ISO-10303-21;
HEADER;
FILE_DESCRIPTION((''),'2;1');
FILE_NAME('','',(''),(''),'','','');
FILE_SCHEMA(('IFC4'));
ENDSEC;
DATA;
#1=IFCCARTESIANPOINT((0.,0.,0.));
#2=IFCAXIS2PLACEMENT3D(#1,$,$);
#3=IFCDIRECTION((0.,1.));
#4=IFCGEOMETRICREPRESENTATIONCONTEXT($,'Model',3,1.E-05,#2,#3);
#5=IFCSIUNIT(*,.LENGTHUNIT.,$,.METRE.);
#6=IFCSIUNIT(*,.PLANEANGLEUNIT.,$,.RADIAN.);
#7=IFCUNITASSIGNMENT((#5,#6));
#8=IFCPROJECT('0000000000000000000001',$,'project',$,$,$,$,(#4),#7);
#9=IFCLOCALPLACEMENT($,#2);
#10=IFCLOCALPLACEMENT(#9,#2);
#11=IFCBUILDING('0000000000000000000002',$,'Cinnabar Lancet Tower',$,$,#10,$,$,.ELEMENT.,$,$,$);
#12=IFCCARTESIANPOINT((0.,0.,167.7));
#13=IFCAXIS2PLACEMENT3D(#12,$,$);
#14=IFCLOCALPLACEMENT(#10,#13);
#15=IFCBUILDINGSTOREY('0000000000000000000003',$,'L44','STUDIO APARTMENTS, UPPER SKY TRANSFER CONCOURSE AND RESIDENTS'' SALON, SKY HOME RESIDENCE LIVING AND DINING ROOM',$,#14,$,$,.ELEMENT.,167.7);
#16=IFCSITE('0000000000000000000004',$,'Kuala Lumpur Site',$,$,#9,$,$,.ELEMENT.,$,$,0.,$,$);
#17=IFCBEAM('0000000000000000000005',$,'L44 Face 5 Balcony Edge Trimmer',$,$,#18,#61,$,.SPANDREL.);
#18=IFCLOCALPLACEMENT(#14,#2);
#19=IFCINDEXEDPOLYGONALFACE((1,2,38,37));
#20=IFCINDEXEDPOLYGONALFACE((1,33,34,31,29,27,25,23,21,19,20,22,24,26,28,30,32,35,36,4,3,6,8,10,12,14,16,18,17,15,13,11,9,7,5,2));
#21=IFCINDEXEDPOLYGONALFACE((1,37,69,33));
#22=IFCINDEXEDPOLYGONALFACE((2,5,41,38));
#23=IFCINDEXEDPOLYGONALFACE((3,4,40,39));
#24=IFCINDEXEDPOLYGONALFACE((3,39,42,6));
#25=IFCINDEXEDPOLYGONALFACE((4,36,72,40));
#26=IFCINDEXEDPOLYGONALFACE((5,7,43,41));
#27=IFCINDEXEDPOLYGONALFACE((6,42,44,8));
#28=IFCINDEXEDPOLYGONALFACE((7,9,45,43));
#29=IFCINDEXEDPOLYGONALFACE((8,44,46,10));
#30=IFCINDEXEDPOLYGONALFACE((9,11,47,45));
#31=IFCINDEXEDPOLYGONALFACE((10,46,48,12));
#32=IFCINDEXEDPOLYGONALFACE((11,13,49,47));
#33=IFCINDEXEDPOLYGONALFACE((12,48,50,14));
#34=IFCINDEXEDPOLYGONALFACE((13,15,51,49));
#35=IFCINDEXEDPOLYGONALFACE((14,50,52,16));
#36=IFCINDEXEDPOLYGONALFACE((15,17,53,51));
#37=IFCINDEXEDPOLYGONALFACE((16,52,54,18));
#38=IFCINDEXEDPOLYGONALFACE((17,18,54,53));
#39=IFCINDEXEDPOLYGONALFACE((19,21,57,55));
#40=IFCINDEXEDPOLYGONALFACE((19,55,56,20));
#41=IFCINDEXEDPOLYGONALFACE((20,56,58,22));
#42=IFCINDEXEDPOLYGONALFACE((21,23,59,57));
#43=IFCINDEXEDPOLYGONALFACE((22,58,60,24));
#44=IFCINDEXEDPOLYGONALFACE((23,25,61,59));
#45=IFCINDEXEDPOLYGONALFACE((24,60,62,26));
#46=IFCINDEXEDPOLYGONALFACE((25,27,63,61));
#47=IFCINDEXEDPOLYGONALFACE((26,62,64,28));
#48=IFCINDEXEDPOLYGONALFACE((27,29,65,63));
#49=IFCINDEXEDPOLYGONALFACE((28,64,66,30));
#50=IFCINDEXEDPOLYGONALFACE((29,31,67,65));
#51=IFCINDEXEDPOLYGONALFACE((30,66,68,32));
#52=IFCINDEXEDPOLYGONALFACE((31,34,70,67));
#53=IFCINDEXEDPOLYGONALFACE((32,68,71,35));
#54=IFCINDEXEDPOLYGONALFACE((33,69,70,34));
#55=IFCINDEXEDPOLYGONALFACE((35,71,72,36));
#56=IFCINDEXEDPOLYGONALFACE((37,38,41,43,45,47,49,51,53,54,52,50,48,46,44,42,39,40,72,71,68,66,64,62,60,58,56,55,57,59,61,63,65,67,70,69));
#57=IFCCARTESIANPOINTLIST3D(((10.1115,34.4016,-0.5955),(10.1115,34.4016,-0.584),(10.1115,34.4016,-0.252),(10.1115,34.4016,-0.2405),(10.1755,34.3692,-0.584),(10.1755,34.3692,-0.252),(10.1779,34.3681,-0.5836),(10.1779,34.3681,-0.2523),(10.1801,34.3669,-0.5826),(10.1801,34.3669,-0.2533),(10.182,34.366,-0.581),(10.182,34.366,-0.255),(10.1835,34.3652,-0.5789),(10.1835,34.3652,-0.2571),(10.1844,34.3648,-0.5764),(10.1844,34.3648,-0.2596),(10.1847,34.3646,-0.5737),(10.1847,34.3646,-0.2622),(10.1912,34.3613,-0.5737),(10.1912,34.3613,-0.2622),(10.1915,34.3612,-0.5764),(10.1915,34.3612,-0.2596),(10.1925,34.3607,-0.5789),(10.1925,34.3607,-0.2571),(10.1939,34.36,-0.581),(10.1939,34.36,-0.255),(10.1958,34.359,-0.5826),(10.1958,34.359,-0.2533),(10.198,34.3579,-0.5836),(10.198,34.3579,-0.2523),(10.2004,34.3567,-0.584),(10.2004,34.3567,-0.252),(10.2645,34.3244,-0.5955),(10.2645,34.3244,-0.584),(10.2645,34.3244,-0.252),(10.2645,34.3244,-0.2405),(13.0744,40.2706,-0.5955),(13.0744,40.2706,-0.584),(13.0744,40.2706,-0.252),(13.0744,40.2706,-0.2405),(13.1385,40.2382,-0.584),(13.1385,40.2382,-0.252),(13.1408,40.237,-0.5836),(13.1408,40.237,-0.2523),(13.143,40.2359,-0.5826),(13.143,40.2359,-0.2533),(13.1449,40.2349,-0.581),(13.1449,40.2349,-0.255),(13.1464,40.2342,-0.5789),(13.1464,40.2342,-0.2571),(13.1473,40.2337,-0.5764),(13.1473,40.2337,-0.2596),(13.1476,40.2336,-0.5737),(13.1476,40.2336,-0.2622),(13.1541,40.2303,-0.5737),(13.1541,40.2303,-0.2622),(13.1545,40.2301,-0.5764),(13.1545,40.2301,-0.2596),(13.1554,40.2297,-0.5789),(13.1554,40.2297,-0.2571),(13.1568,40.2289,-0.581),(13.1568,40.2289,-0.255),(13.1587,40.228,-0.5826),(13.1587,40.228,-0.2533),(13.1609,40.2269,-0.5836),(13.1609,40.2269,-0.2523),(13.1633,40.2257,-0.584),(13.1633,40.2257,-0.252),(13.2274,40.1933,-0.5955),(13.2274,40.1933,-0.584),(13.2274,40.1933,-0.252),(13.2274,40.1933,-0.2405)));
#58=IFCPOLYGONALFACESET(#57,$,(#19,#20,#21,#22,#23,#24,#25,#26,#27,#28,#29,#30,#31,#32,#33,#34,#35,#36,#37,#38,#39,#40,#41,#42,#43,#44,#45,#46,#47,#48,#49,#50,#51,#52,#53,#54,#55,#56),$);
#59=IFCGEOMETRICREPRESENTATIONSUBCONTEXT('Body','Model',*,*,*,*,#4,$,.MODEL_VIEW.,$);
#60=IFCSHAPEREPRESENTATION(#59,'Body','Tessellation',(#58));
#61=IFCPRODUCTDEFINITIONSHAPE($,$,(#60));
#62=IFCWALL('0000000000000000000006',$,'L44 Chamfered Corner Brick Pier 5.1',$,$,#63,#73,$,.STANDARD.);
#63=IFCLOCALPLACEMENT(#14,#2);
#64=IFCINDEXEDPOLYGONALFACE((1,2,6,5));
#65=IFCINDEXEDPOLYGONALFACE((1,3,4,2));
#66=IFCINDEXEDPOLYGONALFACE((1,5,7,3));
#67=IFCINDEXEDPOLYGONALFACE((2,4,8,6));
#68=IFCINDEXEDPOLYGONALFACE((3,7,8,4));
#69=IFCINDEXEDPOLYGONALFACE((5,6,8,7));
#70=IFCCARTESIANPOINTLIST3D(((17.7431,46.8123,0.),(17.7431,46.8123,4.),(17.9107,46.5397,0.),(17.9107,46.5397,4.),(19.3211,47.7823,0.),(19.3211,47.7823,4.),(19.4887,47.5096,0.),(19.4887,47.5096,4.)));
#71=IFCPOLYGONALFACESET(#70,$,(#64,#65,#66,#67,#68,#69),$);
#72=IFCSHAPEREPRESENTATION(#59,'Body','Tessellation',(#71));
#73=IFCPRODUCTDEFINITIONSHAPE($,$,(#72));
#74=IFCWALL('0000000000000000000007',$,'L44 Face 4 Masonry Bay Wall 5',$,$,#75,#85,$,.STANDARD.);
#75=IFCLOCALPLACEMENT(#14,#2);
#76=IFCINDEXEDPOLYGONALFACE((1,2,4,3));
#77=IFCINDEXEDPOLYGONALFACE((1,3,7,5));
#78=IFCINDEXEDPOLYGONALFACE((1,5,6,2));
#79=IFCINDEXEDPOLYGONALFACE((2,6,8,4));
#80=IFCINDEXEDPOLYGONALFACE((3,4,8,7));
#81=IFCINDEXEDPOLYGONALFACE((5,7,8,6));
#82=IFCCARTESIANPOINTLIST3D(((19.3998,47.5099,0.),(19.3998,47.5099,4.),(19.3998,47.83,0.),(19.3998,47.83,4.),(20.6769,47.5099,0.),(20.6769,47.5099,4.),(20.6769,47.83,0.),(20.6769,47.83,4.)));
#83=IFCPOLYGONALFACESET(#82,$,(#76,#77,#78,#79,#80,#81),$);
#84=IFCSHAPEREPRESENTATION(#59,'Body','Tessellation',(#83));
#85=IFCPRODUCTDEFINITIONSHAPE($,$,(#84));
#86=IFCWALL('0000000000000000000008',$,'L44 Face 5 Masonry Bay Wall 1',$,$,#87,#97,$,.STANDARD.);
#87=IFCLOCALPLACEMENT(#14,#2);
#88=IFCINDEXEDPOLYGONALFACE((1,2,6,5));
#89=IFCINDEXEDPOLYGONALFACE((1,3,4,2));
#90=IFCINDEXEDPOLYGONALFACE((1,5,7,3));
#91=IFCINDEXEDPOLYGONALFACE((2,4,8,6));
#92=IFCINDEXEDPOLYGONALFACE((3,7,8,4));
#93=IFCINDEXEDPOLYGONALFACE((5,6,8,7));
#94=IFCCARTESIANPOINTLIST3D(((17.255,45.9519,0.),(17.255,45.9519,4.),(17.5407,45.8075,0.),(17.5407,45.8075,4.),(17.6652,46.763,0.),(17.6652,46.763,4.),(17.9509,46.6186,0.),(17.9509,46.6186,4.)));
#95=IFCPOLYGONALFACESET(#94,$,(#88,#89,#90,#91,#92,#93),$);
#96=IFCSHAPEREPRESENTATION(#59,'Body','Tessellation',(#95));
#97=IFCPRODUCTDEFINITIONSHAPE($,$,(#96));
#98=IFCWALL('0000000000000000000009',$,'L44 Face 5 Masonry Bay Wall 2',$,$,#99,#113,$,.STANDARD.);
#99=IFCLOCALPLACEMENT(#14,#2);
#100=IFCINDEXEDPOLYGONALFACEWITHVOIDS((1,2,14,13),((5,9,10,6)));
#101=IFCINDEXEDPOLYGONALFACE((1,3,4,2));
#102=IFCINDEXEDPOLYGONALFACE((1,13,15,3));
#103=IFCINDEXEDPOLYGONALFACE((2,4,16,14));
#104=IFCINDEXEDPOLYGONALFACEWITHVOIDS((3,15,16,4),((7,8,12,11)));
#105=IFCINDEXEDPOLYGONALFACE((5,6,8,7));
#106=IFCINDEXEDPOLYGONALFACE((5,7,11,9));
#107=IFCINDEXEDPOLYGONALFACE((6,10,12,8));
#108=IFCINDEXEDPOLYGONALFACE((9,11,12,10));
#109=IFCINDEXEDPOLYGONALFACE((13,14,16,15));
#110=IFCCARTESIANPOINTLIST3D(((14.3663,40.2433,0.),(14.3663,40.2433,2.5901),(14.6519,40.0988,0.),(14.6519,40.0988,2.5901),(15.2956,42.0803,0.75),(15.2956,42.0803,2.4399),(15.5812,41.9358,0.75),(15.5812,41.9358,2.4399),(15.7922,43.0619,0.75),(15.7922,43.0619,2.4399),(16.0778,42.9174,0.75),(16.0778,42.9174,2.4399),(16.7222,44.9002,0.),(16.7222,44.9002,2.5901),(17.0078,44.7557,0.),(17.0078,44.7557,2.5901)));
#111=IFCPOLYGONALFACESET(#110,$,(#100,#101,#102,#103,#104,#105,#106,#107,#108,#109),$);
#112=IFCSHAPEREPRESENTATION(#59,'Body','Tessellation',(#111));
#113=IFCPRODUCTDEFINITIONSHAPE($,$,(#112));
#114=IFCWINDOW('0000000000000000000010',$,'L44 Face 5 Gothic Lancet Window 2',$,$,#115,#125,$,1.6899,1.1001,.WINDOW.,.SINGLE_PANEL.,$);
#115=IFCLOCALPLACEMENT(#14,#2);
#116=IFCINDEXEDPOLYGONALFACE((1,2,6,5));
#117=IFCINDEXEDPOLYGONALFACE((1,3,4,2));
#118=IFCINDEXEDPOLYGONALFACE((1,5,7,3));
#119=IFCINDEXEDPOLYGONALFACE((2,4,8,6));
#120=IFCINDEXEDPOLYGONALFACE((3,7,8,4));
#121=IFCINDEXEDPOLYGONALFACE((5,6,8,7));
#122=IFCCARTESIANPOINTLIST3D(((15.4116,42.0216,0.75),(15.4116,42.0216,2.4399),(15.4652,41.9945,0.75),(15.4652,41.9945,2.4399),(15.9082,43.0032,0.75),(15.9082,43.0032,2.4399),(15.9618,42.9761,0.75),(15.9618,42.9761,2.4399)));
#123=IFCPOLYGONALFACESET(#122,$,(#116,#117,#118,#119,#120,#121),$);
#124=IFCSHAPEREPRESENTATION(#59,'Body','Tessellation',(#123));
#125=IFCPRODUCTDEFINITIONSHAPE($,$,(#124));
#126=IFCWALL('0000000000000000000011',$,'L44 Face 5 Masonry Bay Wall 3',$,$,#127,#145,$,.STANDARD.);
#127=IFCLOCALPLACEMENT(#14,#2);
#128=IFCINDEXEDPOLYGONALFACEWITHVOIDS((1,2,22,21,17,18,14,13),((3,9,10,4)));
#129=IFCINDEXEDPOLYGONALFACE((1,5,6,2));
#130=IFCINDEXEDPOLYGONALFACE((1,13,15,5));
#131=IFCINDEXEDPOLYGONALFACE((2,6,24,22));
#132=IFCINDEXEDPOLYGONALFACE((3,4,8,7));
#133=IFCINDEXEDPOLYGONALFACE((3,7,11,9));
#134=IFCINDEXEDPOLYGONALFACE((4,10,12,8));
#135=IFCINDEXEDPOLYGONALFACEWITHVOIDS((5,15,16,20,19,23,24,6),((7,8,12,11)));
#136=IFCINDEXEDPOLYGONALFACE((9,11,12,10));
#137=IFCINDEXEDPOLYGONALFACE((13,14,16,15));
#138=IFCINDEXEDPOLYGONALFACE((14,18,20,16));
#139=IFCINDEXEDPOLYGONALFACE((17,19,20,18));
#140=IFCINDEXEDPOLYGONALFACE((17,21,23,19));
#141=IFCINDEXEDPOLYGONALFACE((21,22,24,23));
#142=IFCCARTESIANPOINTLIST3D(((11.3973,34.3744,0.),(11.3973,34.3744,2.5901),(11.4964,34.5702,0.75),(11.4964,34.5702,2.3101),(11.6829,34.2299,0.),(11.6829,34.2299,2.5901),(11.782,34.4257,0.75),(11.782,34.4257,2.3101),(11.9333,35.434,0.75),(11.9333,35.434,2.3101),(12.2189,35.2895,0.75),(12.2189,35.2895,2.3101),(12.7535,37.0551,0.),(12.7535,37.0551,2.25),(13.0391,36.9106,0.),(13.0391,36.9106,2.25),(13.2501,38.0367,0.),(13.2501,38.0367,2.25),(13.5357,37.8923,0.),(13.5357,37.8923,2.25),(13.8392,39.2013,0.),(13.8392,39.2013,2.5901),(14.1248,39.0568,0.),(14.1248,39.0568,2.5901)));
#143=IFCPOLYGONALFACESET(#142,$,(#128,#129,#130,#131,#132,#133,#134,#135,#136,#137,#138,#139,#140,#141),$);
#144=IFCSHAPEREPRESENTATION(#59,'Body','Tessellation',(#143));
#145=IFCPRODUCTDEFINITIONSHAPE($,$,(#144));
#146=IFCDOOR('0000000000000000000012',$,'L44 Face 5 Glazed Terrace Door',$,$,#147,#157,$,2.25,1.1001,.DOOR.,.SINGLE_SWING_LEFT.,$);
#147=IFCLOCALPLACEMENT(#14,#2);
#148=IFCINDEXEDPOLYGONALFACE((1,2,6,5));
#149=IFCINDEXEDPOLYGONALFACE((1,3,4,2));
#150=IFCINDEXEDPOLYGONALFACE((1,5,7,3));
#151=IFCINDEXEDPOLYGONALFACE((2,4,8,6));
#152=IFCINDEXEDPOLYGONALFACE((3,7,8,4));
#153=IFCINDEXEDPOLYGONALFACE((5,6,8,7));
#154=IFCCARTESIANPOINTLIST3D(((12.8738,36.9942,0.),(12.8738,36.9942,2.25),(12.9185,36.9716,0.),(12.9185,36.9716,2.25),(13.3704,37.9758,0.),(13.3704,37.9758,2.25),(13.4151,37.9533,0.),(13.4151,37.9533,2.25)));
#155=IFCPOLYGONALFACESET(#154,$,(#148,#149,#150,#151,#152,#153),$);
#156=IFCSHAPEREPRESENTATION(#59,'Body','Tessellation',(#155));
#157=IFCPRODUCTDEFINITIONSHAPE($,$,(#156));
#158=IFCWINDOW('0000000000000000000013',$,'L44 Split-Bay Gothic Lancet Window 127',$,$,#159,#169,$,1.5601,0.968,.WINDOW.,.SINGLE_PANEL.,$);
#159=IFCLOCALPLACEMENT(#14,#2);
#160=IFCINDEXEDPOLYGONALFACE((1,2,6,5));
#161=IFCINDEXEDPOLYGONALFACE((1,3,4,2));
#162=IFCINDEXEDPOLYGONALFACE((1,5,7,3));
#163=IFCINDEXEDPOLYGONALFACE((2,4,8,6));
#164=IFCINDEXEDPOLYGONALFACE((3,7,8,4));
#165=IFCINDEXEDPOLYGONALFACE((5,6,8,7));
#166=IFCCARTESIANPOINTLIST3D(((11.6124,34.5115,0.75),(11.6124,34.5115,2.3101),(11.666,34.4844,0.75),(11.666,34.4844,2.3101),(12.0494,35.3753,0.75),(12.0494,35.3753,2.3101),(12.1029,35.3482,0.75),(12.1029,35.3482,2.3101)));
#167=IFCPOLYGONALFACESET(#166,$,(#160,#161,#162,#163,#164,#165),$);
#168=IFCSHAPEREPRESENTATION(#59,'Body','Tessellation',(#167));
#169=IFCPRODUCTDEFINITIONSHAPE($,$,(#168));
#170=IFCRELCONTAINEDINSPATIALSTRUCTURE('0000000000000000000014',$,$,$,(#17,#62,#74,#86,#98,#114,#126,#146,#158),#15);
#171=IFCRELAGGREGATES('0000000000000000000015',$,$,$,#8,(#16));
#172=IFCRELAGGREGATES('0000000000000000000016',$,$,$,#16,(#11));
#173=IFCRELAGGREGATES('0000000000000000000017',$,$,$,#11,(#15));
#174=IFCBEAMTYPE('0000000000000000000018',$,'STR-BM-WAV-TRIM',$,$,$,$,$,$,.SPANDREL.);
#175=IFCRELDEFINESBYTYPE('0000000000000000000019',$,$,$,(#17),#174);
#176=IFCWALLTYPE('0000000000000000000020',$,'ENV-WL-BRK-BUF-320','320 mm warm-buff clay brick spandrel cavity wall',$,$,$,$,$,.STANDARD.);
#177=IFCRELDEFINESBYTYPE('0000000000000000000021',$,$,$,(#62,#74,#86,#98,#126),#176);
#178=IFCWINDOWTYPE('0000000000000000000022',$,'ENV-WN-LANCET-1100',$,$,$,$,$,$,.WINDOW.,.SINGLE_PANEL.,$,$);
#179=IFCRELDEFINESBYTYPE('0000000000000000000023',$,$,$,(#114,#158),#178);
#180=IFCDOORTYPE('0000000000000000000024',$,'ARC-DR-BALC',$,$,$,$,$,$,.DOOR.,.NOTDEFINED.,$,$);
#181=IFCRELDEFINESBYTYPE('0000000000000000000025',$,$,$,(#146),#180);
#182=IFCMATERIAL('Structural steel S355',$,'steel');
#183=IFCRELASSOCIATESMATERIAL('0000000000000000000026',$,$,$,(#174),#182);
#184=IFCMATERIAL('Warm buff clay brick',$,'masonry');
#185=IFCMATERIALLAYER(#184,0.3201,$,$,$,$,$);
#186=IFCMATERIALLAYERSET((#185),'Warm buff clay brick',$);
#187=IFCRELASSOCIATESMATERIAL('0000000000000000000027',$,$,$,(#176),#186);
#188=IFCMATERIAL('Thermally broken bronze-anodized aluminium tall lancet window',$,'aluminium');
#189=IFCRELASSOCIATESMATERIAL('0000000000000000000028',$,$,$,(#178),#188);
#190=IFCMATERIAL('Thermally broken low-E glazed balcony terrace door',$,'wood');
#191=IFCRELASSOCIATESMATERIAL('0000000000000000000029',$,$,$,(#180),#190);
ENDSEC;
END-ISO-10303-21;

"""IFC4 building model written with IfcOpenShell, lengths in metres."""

from ifc_helpers import new_model, si_unit, direction, frame, frame_2d, origin, origin_2d, place, context, subcontext, project, spatial, rectangle, i_section, extrude, material, layer, layer_set, material_profile, profile_set, type_object, element, fill, save


model = new_model("IFC4")

# Units and contexts
model_context = context("Model", 3, precision=1e-05, world=origin(), true_north=direction((0.0, 1.0)))
body_context = subcontext(model_context, "Body", "Model", "MODEL_VIEW")
ifc_project = project(units=[si_unit("LENGTHUNIT", "METRE"), si_unit("PLANEANGLEUNIT", "RADIAN")], contexts=[model_context])

# Site, building, storey
site_placement = place(None, origin())
site = spatial("IfcSite", under=ifc_project, at=site_placement, Name="Kuala Lumpur Site", CompositionType="ELEMENT", RefElevation=0.0)
building_placement = place(site_placement, origin())
building = spatial("IfcBuilding", under=site, at=building_placement, Name="Cinnabar Lancet Tower", CompositionType="ELEMENT")
storey_placement = place(building_placement, frame((0.0, 0.0, 167.7)))
storey = spatial("IfcBuildingStorey", under=building, at=storey_placement, Name="L44", Description="STUDIO APARTMENTS, UPPER SKY TRANSFER CONCOURSE AND RESIDENTS' SALON, SKY HOME RESIDENCE LIVING AND DINING ROOM", CompositionType="ELEMENT", Elevation=167.7)

# Beam
ifc_material_1 = material(Name="Structural steel S355", Category="steel")
ifc_material_profile_1 = material_profile(ifc_material_1, i_section(OverallWidth=0.1714, OverallDepth=0.355, WebThickness=0.0073, FlangeThickness=0.0115, FilletRadius=0.0103, at=origin_2d()), Name="UKB 356x171x51")
ifc_profile_set_1 = profile_set([ifc_material_profile_1], Name="Structural steel S355")
beam_type_1 = type_object("IfcBeamType", Name="STR-BM-WAV-TRIM", PredefinedType="SPANDREL", material=ifc_profile_set_1)
beam_1_placement = place(storey_placement, frame((13.1509, 40.2319, -0.418), z_axis=(-0.450671, -0.89269, 0.0), x_axis=(0.89269, -0.450671, 0.0)))
element("IfcBeam", 1, at=beam_1_placement, inside=storey, type_object=beam_type_1, Name="L44 Face 5 Balcony Edge Trimmer", PredefinedType="SPANDREL", context=body_context, shape_type="SweptSolid", body=[
    extrude(i_section(OverallWidth=0.1714, OverallDepth=0.355, WebThickness=0.0073, FlangeThickness=0.0115, FilletRadius=0.0103, at=origin_2d()), origin(), (0.0, 0.0, 1.0), 6.5745),
])

# Walls
ifc_material_2 = material(Name="Warm buff clay brick", Category="masonry")
ifc_layer_1 = layer(ifc_material_2, 0.3201)
ifc_layer_set_1 = layer_set([ifc_layer_1], Name="Warm buff clay brick")
wall_type = type_object("IfcWallType", Name="ENV-WL-BRK-BUF-320", Description="320 mm warm-buff clay brick spandrel cavity wall", PredefinedType="STANDARD", material=ifc_layer_set_1)
wall_1_placement = place(storey_placement, frame((19.405, 47.646, 0.0), z_axis=(0.0, 0.0, 1.0), x_axis=(-0.851943, -0.523634, 0.0)))
element("IfcWall", 2, at=wall_1_placement, inside=storey, type_object=wall_type, Name="L44 Chamfered Corner Brick Pier 5.1", PredefinedType="STANDARD", context=body_context, shape_type="SweptSolid", body=[
    extrude(rectangle(XDim=1.8523, YDim=0.3201, at=frame_2d((0.9263, 0.0))), origin(), (0.0, 0.0, 1.0), 4.0),
])
wall_2_placement = place(storey_placement, frame((20.677, 47.6699, 0.0), z_axis=(0.0, 0.0, 1.0), x_axis=(-1.0, 0.0, 0.0)))
element("IfcWall", 3, at=wall_2_placement, inside=storey, type_object=wall_type, Name="L44 Face 4 Masonry Bay Wall 5", PredefinedType="STANDARD", context=body_context, shape_type="SweptSolid", body=[
    extrude(rectangle(XDim=1.2771, YDim=0.3201, at=frame_2d((0.6387, 0.0))), origin(), (0.0, 0.0, 1.0), 4.0),
])
wall_3_placement = place(storey_placement, frame((17.8081, 46.6909, 0.0), z_axis=(0.0, 0.0, 1.0), x_axis=(-0.451292, -0.892376, 0.0)))
element("IfcWall", 4, at=wall_3_placement, inside=storey, type_object=wall_type, Name="L44 Face 5 Masonry Bay Wall 1", PredefinedType="STANDARD", context=body_context, shape_type="SweptSolid", body=[
    extrude(rectangle(XDim=0.9089, YDim=0.3201, at=frame_2d((0.4546, 0.0))), origin(), (0.0, 0.0, 1.0), 4.0),
])

# Wall, opening, window
wall_4_placement = place(storey_placement, frame((16.865, 44.8279, 0.0), z_axis=(0.0, 0.0, 1.0), x_axis=(-0.451419, -0.892312, 0.0)))
wall_4 = element("IfcWall", 5, at=wall_4_placement, inside=storey, type_object=wall_type, Name="L44 Face 5 Masonry Bay Wall 2", PredefinedType="STANDARD", context=body_context, shape_type="SweptSolid", body=[
    extrude(rectangle(XDim=5.219, YDim=0.3201, at=frame_2d((2.6094, 0.0))), origin(), (0.0, 0.0, 1.0), 2.5901),
])
opening_1_placement = place(wall_4_placement, frame((2.0601, 0.0, 0.75)))
opening_1 = element("IfcOpeningElement", 6, at=opening_1_placement, cuts=wall_4, PredefinedType="OPENING", context=body_context, shape_type="SweptSolid", body=[
    extrude(rectangle(XDim=1.1001, YDim=1.6899, at=frame_2d((0.55, 0.845))), frame((0.0, 0.1699, 0.0), z_axis=(0.0, -1.0, 0.0), x_axis=(1.0, 0.0, 0.0)), (0.0, 0.0, 1.0), 0.3401),
])
ifc_material_3 = material(Name="Thermally broken bronze-anodized aluminium tall lancet window", Category="aluminium")
window_type = type_object("IfcWindowType", Name="ENV-WN-LANCET-1100", PartitioningType="SINGLE_PANEL", PredefinedType="WINDOW", material=ifc_material_3)
window_1_placement = place(opening_1_placement, origin())
window_1 = element("IfcWindow", 7, at=window_1_placement, inside=storey, type_object=window_type, Name="L44 Face 5 Gothic Lancet Window 2", OverallHeight=1.6899, OverallWidth=1.1001, PartitioningType="SINGLE_PANEL", PredefinedType="WINDOW", context=body_context, shape_type="SweptSolid", body=[
    extrude(rectangle(XDim=1.1001, YDim=1.6899, at=frame_2d((0.55, 0.845))), frame((0.0, 0.03, 0.0), z_axis=(0.0, -1.0, 0.0), x_axis=(1.0, 0.0, 0.0)), (0.0, 0.0, 1.0), 0.0601),
])
fill(opening_1, window_1)

# Wall, openings, door, window
wall_5_placement = place(storey_placement, frame((13.9819, 39.1289, 0.0), z_axis=(0.0, 0.0, 1.0), x_axis=(-0.451415, -0.892314, 0.0)))
wall_5 = element("IfcWall", 8, at=wall_5_placement, inside=storey, type_object=wall_type, Name="L44 Face 5 Masonry Bay Wall 3", PredefinedType="STANDARD", context=body_context, shape_type="SweptSolid", body=[
    extrude(rectangle(XDim=5.4094, YDim=0.3201, at=frame_2d((2.7046, 0.0))), origin(), (0.0, 0.0, 1.0), 2.5901),
])
opening_2_placement = place(wall_5_placement, frame((1.3049, 0.0, 0.0)))
opening_2 = element("IfcOpeningElement", 9, at=opening_2_placement, cuts=wall_5, PredefinedType="OPENING", context=body_context, shape_type="SweptSolid", body=[
    extrude(rectangle(XDim=1.1001, YDim=2.25, at=frame_2d((0.55, 1.125))), frame((0.0, 0.1699, 0.0), z_axis=(0.0, -1.0, 0.0), x_axis=(1.0, 0.0, 0.0)), (0.0, 0.0, 1.0), 0.3401),
])
opening_3_placement = place(wall_5_placement, frame((4.2219, 0.0, 0.75)))
opening_3 = element("IfcOpeningElement", 10, at=opening_3_placement, cuts=wall_5, PredefinedType="OPENING", context=body_context, shape_type="SweptSolid", body=[
    extrude(rectangle(XDim=0.968, YDim=1.5601, at=frame_2d((0.4839, 0.78))), frame((0.0, 0.1699, 0.0), z_axis=(0.0, -1.0, 0.0), x_axis=(1.0, 0.0, 0.0)), (0.0, 0.0, 1.0), 0.3401),
])
ifc_material_4 = material(Name="Thermally broken low-E glazed balcony terrace door", Category="wood")
door_type = type_object("IfcDoorType", Name="ARC-DR-BALC", OperationType="NOTDEFINED", PredefinedType="DOOR", material=ifc_material_4)
door_placement = place(opening_2_placement, origin())
door = element("IfcDoor", 11, at=door_placement, inside=storey, type_object=door_type, Name="L44 Face 5 Glazed Terrace Door", OperationType="SINGLE_SWING_LEFT", OverallHeight=2.25, OverallWidth=1.1001, PredefinedType="DOOR", context=body_context, shape_type="SweptSolid", body=[
    extrude(rectangle(XDim=1.1001, YDim=2.25, at=frame_2d((0.55, 1.125))), frame((0.0, 0.0249, 0.0), z_axis=(0.0, -1.0, 0.0), x_axis=(1.0, 0.0, 0.0)), (0.0, 0.0, 1.0), 0.05),
])
fill(opening_2, door)
window_2_placement = place(opening_3_placement, origin())
window_2 = element("IfcWindow", 12, at=window_2_placement, inside=storey, type_object=window_type, Name="L44 Split-Bay Gothic Lancet Window 127", OverallHeight=1.5601, OverallWidth=0.968, PartitioningType="SINGLE_PANEL", PredefinedType="WINDOW", context=body_context, shape_type="SweptSolid", body=[
    extrude(rectangle(XDim=0.968, YDim=1.5601, at=frame_2d((0.4839, 0.78))), frame((0.0, 0.03, 0.0), z_axis=(0.0, -1.0, 0.0), x_axis=(1.0, 0.0, 0.0)), (0.0, 0.0, 1.0), 0.0601),
])
fill(opening_3, window_2)

save(model, "model.ifc")
